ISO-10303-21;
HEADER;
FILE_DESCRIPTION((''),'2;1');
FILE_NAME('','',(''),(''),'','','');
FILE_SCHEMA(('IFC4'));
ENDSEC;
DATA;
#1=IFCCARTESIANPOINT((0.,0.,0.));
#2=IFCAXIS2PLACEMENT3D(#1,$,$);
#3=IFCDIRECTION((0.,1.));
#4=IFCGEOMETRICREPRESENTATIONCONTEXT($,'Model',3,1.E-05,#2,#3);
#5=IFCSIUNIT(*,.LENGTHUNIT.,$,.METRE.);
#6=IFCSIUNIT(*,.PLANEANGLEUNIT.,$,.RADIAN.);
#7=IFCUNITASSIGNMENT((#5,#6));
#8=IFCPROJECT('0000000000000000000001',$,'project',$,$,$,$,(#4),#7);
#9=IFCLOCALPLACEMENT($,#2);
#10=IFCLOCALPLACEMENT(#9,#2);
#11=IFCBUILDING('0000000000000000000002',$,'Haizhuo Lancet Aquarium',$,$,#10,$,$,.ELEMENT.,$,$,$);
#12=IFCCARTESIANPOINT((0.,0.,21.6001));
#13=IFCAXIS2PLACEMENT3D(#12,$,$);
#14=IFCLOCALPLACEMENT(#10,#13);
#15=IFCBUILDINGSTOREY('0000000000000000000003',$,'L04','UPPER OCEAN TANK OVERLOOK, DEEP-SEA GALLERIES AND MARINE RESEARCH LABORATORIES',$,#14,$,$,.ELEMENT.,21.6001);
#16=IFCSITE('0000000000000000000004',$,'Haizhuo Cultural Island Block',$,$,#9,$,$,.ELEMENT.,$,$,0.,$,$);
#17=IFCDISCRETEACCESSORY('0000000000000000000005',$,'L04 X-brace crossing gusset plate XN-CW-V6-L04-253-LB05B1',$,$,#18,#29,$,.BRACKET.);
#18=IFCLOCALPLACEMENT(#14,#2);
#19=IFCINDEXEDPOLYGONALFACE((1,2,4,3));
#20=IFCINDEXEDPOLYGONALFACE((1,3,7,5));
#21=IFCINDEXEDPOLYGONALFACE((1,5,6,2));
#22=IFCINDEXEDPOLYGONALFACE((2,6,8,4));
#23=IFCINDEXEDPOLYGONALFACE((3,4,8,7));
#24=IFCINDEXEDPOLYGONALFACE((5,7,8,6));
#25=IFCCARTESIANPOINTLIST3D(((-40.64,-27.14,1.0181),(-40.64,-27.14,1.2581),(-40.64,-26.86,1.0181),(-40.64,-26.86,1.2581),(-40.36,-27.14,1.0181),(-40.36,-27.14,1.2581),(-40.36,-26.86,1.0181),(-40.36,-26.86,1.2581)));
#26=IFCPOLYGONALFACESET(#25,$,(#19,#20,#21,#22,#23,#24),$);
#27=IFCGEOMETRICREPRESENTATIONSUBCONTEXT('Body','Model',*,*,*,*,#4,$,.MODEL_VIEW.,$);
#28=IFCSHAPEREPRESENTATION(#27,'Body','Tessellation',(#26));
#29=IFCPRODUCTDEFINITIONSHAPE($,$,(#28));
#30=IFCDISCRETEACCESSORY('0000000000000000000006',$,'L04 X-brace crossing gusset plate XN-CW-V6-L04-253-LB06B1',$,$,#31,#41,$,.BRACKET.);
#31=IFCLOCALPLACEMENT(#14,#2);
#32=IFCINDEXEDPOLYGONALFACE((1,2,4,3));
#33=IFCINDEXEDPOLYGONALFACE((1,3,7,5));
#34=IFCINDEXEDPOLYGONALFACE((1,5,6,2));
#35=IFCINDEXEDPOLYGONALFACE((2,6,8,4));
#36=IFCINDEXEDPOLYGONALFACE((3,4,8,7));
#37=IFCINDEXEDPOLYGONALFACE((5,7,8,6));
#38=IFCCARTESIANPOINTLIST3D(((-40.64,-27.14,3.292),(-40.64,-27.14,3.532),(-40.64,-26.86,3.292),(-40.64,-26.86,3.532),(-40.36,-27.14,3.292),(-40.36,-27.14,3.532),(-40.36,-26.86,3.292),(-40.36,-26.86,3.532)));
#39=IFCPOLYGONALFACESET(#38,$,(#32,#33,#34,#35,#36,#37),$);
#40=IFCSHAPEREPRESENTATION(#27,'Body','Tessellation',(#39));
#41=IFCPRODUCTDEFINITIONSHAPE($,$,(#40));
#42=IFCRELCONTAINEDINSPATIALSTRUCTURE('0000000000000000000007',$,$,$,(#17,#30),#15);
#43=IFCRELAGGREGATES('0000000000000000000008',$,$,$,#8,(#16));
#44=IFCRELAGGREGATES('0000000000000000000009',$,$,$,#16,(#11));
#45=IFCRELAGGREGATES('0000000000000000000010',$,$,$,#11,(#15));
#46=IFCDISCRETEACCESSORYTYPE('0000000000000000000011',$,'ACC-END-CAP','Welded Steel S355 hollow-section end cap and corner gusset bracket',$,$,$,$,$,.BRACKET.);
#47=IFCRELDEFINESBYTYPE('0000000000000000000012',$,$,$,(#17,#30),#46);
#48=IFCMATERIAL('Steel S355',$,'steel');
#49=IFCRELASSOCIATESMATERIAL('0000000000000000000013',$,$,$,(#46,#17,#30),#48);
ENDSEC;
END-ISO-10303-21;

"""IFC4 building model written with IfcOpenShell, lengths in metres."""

from ifc_helpers import new_model, si_unit, direction, frame, origin, origin_2d, place, context, subcontext, project, spatial, rectangle, extrude, material, type_object, element, save


model = new_model("IFC4")

# Units and contexts
model_context = context("Model", 3, precision=1e-05, world=origin(), true_north=direction((0.0, 1.0)))
body_context = subcontext(model_context, "Body", "Model", "MODEL_VIEW")
ifc_project = project(units=[si_unit("LENGTHUNIT", "METRE"), si_unit("PLANEANGLEUNIT", "RADIAN")], contexts=[model_context])

# Site, building, storey
site_placement = place(None, origin())
site = spatial("IfcSite", under=ifc_project, at=site_placement, Name="Haizhuo Cultural Island Block", CompositionType="ELEMENT", RefElevation=0.0)
building_placement = place(site_placement, origin())
building = spatial("IfcBuilding", under=site, at=building_placement, Name="Haizhuo Lancet Aquarium", CompositionType="ELEMENT")
storey_placement = place(building_placement, frame((0.0, 0.0, 21.6001)))
storey = spatial("IfcBuildingStorey", under=building, at=storey_placement, Name="L04", Description="UPPER OCEAN TANK OVERLOOK, DEEP-SEA GALLERIES AND MARINE RESEARCH LABORATORIES", CompositionType="ELEMENT", Elevation=21.6001)

# Shared definitions
ifc_material_1 = material(Name="Steel S355", Category="steel")

# Discrete accessories
discrete_accessory_type = type_object("IfcDiscreteAccessoryType", Name="ACC-END-CAP", Description="Welded Steel S355 hollow-section end cap and corner gusset bracket", PredefinedType="BRACKET", material=ifc_material_1)
for number, where, z_axis, x_axis, name in (
    (1, (-40.5, -27.0, 1.0181), (0.0, 0.0, 1.0), (1.0, 0.0, 0.0), "L04 X-brace crossing gusset plate XN-CW-V6-L04-253-LB05B1"),
    (2, (-40.5, -27.0, 3.292), (0.0, 0.0, 1.0), (1.0, 0.0, 0.0), "L04 X-brace crossing gusset plate XN-CW-V6-L04-253-LB06B1"),
):
    element("IfcDiscreteAccessory", number, at=place(storey_placement, frame(where, z_axis=z_axis, x_axis=x_axis)), inside=storey, type_object=discrete_accessory_type, material=ifc_material_1, Name=name, PredefinedType="BRACKET", context=body_context, shape_type="SweptSolid", body=[
        extrude(rectangle(XDim=0.28, YDim=0.28, at=origin_2d()), origin(), (0.0, 0.0, 1.0), 0.24),
    ])

save(model, "model.ifc")
